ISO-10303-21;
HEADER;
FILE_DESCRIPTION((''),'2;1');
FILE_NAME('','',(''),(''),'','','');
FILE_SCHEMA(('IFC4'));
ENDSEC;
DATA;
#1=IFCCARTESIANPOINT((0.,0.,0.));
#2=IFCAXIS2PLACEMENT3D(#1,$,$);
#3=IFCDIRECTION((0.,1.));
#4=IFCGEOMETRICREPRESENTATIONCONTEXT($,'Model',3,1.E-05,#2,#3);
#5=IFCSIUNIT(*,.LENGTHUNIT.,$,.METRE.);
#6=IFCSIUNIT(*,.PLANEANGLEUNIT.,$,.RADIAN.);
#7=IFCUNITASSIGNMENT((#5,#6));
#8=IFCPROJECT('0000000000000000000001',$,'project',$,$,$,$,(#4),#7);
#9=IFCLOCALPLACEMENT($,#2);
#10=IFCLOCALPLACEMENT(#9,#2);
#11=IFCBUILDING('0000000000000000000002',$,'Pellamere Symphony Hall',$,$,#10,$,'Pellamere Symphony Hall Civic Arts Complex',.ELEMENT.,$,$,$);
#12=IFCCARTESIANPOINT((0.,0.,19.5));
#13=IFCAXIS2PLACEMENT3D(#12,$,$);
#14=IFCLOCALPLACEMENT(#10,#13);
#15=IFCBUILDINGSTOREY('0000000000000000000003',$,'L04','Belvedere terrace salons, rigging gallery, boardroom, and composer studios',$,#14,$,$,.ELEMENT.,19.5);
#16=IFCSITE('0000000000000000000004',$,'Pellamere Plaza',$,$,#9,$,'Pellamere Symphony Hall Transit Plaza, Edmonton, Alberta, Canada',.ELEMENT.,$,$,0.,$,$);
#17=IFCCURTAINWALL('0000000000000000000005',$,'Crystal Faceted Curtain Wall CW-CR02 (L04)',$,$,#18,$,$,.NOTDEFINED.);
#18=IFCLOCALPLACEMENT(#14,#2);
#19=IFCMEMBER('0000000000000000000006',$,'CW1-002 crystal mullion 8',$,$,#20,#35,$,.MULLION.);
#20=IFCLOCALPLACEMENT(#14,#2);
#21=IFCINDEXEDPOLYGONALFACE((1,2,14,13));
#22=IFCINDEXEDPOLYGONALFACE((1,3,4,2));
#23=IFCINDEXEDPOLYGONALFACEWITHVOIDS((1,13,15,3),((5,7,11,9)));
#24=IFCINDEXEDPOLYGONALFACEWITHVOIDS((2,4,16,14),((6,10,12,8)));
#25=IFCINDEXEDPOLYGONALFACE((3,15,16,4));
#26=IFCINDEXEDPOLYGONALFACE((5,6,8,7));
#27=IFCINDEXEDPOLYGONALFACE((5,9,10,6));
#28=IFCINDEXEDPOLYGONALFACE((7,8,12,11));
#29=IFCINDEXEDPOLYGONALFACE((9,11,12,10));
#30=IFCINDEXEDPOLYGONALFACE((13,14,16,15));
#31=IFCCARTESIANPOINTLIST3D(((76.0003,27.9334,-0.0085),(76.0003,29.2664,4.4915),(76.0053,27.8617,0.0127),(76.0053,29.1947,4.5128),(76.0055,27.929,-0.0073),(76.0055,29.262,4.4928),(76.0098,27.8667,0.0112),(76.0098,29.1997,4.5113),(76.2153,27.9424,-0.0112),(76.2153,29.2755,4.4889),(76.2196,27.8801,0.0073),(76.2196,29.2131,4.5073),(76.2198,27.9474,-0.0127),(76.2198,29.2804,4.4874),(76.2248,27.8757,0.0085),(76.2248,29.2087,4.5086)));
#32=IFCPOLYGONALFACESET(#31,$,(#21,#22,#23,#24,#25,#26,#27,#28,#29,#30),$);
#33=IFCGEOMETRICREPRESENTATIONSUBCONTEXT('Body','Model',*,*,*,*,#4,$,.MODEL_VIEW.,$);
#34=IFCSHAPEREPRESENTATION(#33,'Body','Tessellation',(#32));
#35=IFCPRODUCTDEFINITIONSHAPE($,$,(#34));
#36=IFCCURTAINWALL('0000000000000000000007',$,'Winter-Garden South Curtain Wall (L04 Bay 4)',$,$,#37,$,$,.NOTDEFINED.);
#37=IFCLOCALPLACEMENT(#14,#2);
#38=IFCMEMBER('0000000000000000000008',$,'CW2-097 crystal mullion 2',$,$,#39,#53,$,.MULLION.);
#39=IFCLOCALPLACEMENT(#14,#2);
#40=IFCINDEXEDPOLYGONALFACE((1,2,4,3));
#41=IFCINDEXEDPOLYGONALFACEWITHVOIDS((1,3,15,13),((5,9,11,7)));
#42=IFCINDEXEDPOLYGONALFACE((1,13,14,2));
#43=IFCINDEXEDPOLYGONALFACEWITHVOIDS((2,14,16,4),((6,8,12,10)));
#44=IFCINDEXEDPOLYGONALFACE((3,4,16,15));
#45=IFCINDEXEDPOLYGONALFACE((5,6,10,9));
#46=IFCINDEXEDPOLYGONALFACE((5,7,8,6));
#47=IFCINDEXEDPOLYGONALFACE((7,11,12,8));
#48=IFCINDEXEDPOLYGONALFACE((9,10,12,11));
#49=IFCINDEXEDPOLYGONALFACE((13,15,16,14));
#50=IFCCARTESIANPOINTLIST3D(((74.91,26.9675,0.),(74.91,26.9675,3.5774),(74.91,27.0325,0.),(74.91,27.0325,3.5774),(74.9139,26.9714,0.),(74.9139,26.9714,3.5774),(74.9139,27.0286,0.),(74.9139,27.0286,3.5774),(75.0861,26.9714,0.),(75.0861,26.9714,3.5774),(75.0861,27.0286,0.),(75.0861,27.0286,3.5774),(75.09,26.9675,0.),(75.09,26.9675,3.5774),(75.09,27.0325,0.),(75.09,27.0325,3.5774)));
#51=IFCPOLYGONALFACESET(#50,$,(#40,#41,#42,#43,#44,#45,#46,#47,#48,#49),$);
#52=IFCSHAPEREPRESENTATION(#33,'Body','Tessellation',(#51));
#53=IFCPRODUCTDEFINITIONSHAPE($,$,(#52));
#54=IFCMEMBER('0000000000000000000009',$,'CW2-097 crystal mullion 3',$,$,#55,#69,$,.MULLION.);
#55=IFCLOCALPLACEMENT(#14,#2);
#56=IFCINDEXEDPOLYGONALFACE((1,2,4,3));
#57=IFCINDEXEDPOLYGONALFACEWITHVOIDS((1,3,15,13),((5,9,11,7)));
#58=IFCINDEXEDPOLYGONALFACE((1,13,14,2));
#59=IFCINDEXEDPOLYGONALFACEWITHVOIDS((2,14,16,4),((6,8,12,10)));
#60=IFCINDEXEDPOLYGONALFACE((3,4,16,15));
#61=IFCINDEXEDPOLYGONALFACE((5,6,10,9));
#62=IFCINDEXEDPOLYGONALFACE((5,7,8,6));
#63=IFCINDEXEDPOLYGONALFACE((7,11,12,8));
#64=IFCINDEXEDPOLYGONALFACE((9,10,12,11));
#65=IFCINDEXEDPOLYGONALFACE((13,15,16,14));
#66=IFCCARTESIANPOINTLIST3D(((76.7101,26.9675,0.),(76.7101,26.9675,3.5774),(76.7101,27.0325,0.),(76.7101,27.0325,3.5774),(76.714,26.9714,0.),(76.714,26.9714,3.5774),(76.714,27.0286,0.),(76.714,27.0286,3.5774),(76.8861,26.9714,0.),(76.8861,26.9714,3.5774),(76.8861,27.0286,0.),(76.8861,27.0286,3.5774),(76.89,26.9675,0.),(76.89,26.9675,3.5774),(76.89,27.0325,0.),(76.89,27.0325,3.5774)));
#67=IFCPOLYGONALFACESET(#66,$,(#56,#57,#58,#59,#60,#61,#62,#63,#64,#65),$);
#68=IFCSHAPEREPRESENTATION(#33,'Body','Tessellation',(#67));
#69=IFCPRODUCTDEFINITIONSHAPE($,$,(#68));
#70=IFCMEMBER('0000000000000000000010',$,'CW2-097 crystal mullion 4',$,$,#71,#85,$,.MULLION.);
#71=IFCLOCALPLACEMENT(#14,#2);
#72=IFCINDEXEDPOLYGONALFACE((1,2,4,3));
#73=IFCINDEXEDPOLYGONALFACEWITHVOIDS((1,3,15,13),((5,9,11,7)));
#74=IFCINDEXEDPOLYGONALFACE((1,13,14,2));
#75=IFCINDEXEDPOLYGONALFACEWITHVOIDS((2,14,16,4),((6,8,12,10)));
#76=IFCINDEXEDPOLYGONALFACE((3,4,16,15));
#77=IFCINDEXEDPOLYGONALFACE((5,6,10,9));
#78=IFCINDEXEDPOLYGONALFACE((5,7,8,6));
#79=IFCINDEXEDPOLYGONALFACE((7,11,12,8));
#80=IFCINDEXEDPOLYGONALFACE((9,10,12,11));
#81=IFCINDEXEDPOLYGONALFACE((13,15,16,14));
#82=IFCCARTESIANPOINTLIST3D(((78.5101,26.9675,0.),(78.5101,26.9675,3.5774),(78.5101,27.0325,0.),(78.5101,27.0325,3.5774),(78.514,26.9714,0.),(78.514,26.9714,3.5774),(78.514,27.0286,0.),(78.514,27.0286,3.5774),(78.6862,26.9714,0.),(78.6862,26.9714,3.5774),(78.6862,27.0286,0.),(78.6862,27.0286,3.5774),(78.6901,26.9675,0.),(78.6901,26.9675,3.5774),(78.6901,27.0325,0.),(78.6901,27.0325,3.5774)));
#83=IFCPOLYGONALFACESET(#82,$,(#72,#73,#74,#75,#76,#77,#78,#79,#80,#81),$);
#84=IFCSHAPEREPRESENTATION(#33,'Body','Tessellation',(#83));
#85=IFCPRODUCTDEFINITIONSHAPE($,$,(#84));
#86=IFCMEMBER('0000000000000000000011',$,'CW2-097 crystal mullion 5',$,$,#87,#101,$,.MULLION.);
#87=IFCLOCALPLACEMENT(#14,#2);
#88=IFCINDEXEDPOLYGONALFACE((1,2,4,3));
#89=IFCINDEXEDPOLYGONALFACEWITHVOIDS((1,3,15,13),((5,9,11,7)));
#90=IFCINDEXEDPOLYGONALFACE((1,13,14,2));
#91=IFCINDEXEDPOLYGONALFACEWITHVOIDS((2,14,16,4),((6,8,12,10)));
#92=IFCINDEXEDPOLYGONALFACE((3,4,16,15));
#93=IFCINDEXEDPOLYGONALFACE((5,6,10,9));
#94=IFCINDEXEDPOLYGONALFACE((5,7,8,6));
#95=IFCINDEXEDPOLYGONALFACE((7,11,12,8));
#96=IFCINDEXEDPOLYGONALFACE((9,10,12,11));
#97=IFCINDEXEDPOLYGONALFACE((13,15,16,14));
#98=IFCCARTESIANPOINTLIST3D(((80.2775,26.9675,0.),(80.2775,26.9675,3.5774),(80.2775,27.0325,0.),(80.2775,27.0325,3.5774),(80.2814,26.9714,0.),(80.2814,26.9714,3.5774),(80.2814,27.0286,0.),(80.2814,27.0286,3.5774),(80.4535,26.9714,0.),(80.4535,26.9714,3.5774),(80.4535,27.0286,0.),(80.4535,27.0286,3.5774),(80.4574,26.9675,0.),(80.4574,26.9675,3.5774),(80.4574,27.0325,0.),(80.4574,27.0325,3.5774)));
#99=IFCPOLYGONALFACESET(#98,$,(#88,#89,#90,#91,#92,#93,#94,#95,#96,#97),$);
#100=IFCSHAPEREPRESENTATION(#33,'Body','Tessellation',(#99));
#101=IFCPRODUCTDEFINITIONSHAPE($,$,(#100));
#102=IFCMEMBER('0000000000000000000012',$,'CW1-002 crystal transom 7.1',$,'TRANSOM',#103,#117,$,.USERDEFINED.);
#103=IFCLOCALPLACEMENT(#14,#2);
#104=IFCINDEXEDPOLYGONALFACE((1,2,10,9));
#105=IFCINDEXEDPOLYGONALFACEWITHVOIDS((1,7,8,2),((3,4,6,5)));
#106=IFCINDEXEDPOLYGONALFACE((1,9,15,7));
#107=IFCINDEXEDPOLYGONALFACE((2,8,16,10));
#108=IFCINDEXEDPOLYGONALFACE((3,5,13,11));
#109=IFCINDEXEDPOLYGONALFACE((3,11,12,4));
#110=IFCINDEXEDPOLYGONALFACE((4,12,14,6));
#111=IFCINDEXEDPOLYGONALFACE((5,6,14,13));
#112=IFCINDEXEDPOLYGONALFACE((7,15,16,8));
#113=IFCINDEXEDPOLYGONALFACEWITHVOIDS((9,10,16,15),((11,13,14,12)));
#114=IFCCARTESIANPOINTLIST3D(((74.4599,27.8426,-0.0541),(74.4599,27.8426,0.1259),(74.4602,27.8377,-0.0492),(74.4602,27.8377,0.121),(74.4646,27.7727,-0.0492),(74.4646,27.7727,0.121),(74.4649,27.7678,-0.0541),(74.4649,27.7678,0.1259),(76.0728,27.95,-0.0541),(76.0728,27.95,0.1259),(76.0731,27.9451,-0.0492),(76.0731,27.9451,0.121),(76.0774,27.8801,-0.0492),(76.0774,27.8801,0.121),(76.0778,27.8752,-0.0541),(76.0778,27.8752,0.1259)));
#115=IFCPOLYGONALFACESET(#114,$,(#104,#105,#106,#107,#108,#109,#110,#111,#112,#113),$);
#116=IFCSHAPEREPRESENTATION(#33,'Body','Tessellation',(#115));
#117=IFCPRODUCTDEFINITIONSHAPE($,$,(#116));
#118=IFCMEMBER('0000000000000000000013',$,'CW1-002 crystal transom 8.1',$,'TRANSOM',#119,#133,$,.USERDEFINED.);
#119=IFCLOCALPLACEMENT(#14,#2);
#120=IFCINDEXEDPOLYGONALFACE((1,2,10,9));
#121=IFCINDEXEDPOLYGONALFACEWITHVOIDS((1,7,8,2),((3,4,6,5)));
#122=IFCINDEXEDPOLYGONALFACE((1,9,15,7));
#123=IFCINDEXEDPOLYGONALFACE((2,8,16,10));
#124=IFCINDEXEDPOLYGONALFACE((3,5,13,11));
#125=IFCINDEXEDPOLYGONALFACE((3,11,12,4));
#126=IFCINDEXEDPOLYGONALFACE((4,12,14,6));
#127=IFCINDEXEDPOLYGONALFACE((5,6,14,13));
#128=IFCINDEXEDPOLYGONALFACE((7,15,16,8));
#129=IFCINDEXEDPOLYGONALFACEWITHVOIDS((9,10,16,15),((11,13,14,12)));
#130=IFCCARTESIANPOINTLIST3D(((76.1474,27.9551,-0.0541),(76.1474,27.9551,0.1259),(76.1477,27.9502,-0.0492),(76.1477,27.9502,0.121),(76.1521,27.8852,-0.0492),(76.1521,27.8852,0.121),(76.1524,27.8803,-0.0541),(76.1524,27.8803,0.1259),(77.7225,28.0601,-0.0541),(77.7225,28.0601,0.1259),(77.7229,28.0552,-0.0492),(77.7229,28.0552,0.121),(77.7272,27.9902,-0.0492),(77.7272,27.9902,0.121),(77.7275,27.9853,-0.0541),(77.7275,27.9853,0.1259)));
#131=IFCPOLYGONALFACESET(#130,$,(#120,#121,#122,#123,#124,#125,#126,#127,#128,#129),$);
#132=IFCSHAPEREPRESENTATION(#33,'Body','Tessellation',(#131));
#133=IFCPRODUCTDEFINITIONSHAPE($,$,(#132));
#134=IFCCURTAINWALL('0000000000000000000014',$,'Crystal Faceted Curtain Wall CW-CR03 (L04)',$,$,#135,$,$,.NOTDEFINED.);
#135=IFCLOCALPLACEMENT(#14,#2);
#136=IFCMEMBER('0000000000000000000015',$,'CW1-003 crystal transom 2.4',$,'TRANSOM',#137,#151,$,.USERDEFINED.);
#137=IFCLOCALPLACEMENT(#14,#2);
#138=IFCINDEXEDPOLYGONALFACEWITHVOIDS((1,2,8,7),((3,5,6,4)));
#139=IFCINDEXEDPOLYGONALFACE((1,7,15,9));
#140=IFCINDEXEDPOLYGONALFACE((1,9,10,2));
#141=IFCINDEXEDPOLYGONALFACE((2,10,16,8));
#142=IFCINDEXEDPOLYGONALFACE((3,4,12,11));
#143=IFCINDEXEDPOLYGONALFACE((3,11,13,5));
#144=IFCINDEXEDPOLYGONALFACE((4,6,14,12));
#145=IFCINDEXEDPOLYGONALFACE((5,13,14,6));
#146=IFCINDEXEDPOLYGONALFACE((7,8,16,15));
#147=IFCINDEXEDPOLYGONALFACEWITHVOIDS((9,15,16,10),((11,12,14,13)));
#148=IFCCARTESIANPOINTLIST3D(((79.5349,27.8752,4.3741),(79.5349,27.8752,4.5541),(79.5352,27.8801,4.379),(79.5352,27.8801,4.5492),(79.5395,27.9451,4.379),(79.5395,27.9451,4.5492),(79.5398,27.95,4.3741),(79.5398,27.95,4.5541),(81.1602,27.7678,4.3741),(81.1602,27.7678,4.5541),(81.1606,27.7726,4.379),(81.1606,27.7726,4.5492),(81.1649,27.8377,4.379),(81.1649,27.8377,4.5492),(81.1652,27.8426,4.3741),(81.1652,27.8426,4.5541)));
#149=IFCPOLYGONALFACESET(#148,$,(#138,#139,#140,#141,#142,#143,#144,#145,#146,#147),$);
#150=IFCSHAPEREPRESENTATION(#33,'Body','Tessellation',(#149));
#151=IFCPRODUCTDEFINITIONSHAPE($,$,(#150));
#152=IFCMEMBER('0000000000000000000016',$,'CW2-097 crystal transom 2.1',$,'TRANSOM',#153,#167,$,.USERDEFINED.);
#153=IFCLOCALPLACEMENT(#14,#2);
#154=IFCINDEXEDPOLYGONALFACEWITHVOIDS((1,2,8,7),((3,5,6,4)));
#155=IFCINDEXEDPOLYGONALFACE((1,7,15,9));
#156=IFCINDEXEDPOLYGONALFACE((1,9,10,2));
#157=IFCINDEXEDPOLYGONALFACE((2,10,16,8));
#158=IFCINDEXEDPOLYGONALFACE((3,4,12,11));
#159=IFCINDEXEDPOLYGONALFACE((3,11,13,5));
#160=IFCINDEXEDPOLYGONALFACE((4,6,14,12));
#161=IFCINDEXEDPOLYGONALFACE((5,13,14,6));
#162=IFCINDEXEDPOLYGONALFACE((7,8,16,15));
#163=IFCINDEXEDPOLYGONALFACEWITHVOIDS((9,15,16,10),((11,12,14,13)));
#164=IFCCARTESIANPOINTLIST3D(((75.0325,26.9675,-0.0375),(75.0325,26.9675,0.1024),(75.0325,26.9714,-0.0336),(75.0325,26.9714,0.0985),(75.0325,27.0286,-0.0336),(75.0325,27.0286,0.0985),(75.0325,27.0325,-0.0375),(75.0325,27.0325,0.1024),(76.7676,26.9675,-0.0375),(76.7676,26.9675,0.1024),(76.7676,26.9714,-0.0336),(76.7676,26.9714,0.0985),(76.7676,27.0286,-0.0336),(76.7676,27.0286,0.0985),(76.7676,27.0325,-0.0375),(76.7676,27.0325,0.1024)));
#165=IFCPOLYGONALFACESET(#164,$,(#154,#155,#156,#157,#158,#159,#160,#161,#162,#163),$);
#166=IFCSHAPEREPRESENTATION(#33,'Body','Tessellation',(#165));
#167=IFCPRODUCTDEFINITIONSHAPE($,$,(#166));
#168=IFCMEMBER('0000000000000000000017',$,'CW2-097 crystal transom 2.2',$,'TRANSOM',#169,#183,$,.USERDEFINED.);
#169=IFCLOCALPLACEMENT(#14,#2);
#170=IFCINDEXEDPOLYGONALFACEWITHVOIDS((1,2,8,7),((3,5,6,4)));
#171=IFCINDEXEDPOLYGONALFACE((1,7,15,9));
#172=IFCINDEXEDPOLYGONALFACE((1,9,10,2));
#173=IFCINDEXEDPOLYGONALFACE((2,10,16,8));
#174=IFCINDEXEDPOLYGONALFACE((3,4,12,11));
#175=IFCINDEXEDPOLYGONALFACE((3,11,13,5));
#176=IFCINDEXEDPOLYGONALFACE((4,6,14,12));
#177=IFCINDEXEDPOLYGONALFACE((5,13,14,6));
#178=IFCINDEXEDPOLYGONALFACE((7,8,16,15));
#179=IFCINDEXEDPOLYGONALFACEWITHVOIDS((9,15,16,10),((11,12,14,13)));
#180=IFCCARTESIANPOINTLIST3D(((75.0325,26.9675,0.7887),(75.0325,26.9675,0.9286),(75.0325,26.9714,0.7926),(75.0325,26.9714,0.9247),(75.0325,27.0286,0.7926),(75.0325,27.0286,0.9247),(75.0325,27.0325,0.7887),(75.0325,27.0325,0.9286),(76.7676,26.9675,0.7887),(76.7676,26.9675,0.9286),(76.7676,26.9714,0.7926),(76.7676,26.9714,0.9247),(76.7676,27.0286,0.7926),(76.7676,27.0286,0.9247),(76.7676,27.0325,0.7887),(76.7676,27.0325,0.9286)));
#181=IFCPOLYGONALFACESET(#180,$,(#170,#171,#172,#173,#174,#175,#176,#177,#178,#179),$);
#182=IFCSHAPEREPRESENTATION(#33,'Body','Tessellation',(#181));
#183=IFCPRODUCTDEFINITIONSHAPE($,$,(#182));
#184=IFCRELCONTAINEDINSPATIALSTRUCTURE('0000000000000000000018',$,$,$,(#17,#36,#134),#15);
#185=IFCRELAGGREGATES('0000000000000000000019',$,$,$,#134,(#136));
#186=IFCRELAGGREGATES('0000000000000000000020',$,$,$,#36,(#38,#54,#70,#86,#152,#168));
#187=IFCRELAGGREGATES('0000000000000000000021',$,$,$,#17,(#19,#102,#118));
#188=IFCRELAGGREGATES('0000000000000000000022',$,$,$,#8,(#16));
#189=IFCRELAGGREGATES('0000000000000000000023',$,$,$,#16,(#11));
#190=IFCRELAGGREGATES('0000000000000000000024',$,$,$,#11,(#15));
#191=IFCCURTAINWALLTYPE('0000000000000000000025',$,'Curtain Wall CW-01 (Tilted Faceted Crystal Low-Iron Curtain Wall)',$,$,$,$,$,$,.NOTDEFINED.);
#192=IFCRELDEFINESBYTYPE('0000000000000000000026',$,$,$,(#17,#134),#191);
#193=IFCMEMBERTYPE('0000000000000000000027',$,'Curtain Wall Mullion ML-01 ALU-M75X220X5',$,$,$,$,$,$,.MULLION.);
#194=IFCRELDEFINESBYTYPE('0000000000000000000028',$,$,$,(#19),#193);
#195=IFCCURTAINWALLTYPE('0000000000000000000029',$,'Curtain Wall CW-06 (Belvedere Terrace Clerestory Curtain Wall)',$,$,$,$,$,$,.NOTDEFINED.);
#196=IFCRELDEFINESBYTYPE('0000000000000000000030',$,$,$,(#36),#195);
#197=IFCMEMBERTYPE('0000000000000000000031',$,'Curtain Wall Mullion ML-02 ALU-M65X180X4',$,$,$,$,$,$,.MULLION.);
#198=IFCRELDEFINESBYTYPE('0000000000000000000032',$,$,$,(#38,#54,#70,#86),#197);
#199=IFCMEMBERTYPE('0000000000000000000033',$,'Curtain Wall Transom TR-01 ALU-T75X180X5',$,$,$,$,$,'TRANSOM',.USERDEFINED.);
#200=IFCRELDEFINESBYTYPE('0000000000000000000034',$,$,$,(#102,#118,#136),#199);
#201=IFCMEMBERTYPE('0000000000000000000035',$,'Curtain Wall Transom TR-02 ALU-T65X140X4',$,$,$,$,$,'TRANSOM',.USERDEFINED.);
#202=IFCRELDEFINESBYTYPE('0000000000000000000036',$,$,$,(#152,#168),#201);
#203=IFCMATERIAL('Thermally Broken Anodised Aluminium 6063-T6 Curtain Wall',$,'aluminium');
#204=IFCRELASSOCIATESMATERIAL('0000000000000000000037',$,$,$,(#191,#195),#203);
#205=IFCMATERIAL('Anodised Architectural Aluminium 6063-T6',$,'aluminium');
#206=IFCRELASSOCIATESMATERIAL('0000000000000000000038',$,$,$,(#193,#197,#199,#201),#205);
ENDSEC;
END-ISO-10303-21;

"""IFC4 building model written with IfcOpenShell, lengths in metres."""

from ifc_helpers import new_model, si_unit, direction, frame, origin, origin_2d, place, context, subcontext, project, spatial, hollow_rectangle, extrude, material, material_profile, profile_set, type_object, element, aggregate, save


model = new_model("IFC4")

# Units and contexts
model_context = context("Model", 3, precision=1e-05, world=origin(), true_north=direction((0.0, 1.0)))
body_context = subcontext(model_context, "Body", "Model", "MODEL_VIEW")
ifc_project = project(units=[si_unit("LENGTHUNIT", "METRE"), si_unit("PLANEANGLEUNIT", "RADIAN")], contexts=[model_context])

# Site, building, storey
site_placement = place(None, origin())
site = spatial("IfcSite", under=ifc_project, at=site_placement, Name="Pellamere Plaza", LongName="Pellamere Symphony Hall Transit Plaza, Edmonton, Alberta, Canada", CompositionType="ELEMENT", RefElevation=0.0)
building_placement = place(site_placement, origin())
building = spatial("IfcBuilding", under=site, at=building_placement, Name="Pellamere Symphony Hall", LongName="Pellamere Symphony Hall Civic Arts Complex", CompositionType="ELEMENT")
storey_placement = place(building_placement, frame((0.0, 0.0, 19.5)))
storey = spatial("IfcBuildingStorey", under=building, at=storey_placement, Name="L04", Description="Belvedere terrace salons, rigging gallery, boardroom, and composer studios", CompositionType="ELEMENT", Elevation=19.5)

# Curtain wall, member
ifc_material_1 = material(Name="Thermally Broken Anodised Aluminium 6063-T6 Curtain Wall", Category="aluminium")
curtain_wall_type_1 = type_object("IfcCurtainWallType", Name="Curtain Wall CW-01 (Tilted Faceted Crystal Low-Iron Curtain Wall)", PredefinedType="NOTDEFINED", material=ifc_material_1)
curtain_wall_1_placement = place(storey_placement, origin())
curtain_wall_1 = element("IfcCurtainWall", 1, at=curtain_wall_1_placement, inside=storey, type_object=curtain_wall_type_1, Name="Crystal Faceted Curtain Wall CW-CR02 (L04)", PredefinedType="NOTDEFINED")
ifc_material_2 = material(Name="Anodised Architectural Aluminium 6063-T6", Category="aluminium")
ifc_material_profile_1 = material_profile(ifc_material_2, hollow_rectangle(XDim=0.075, YDim=0.22, WallThickness=0.0049, at=origin_2d()), Name="ALU-M75X220X5")
ifc_profile_set_1 = profile_set([ifc_material_profile_1], Name="Anodised Architectural Aluminium 6063-T6")
member_type_1 = type_object("IfcMemberType", Name="Curtain Wall Mullion ML-01 ALU-M75X220X5", PredefinedType="MULLION", material=ifc_profile_set_1)
member_1_placement = place(storey_placement, frame((76.1125, 27.9045, 0.0), z_axis=(0.0, 0.284025, 0.958817), x_axis=(0.066519, -0.956693, 0.283395)))
member_1 = element("IfcMember", 2, at=member_1_placement, type_object=member_type_1, Name="CW1-002 crystal mullion 8", PredefinedType="MULLION", context=body_context, shape_type="SweptSolid", body=[
    extrude(hollow_rectangle(XDim=0.075, YDim=0.22, WallThickness=0.0049, at=origin_2d()), origin(), (0.0, 0.0, 1.0), 4.6934),
])

# Curtain wall, members
curtain_wall_type_2 = type_object("IfcCurtainWallType", Name="Curtain Wall CW-06 (Belvedere Terrace Clerestory Curtain Wall)", PredefinedType="NOTDEFINED", material=ifc_material_1)
curtain_wall_2_placement = place(storey_placement, origin())
curtain_wall_2 = element("IfcCurtainWall", 3, at=curtain_wall_2_placement, inside=storey, type_object=curtain_wall_type_2, Name="Winter-Garden South Curtain Wall (L04 Bay 4)", PredefinedType="NOTDEFINED")
ifc_material_profile_2 = material_profile(ifc_material_2, hollow_rectangle(XDim=0.0649, YDim=0.1799, WallThickness=0.0039, at=origin_2d()), Name="ALU-M65X180X4")
ifc_profile_set_2 = profile_set([ifc_material_profile_2], Name="Anodised Architectural Aluminium 6063-T6")
member_type_2 = type_object("IfcMemberType", Name="Curtain Wall Mullion ML-02 ALU-M65X180X4", PredefinedType="MULLION", material=ifc_profile_set_2)
member_2_placement = place(storey_placement, frame((75.0, 27.0, 0.0), z_axis=(0.0, 0.0, 1.0), x_axis=(0.0, 1.0, 0.0)))
member_2 = element("IfcMember", 4, at=member_2_placement, type_object=member_type_2, Name="CW2-097 crystal mullion 2", PredefinedType="MULLION", context=body_context, shape_type="SweptSolid", body=[
    extrude(hollow_rectangle(XDim=0.0649, YDim=0.1799, WallThickness=0.0039, at=origin_2d()), origin(), (0.0, 0.0, 1.0), 3.5774),
])
member_3_placement = place(storey_placement, frame((76.8, 27.0, 0.0), z_axis=(0.0, 0.0, 1.0), x_axis=(0.0, 1.0, 0.0)))
member_3 = element("IfcMember", 5, at=member_3_placement, type_object=member_type_2, Name="CW2-097 crystal mullion 3", PredefinedType="MULLION", context=body_context, shape_type="SweptSolid", body=[
    extrude(hollow_rectangle(XDim=0.0649, YDim=0.1799, WallThickness=0.0039, at=origin_2d()), origin(), (0.0, 0.0, 1.0), 3.5774),
])
member_4_placement = place(storey_placement, frame((78.6001, 27.0, 0.0), z_axis=(0.0, 0.0, 1.0), x_axis=(0.0, 1.0, 0.0)))
member_4 = element("IfcMember", 6, at=member_4_placement, type_object=member_type_2, Name="CW2-097 crystal mullion 4", PredefinedType="MULLION", context=body_context, shape_type="SweptSolid", body=[
    extrude(hollow_rectangle(XDim=0.0649, YDim=0.1799, WallThickness=0.0039, at=origin_2d()), origin(), (0.0, 0.0, 1.0), 3.5774),
])
member_5_placement = place(storey_placement, frame((80.3674, 27.0, 0.0), z_axis=(0.0, 0.0, 1.0), x_axis=(0.0, 1.0, 0.0)))
member_5 = element("IfcMember", 7, at=member_5_placement, type_object=member_type_2, Name="CW2-097 crystal mullion 5", PredefinedType="MULLION", context=body_context, shape_type="SweptSolid", body=[
    extrude(hollow_rectangle(XDim=0.0649, YDim=0.1799, WallThickness=0.0039, at=origin_2d()), origin(), (0.0, 0.0, 1.0), 3.5774),
])

# Members
ifc_material_profile_3 = material_profile(ifc_material_2, hollow_rectangle(XDim=0.075, YDim=0.1799, WallThickness=0.0049, at=origin_2d()), Name="ALU-T75X180X5")
ifc_profile_set_3 = profile_set([ifc_material_profile_3], Name="Anodised Architectural Aluminium 6063-T6")
member_type_3 = type_object("IfcMemberType", Name="Curtain Wall Transom TR-01 ALU-T75X180X5", ElementType="TRANSOM", PredefinedType="USERDEFINED", material=ifc_profile_set_3)
member_6_placement = place(storey_placement, frame((74.4624, 27.8052, 0.0359), z_axis=(0.997789, 0.066459, 0.0), x_axis=(-0.066459, 0.997789, 0.0)))
member_6 = element("IfcMember", 8, at=member_6_placement, type_object=member_type_3, Name="CW1-002 crystal transom 7.1", ObjectType="TRANSOM", PredefinedType="USERDEFINED", context=body_context, shape_type="SweptSolid", body=[
    extrude(hollow_rectangle(XDim=0.075, YDim=0.1799, WallThickness=0.0049, at=origin_2d()), origin(), (0.0, 0.0, 1.0), 1.6165),
])
member_7_placement = place(storey_placement, frame((76.1499, 27.9177, 0.0359), z_axis=(0.997787, 0.066498, 0.0), x_axis=(-0.066498, 0.997787, 0.0)))
member_7 = element("IfcMember", 9, at=member_7_placement, type_object=member_type_3, Name="CW1-002 crystal transom 8.1", ObjectType="TRANSOM", PredefinedType="USERDEFINED", context=body_context, shape_type="SweptSolid", body=[
    extrude(hollow_rectangle(XDim=0.075, YDim=0.1799, WallThickness=0.0049, at=origin_2d()), origin(), (0.0, 0.0, 1.0), 1.5786),
])

# Curtain wall, member
curtain_wall_3_placement = place(storey_placement, origin())
curtain_wall_3 = element("IfcCurtainWall", 10, at=curtain_wall_3_placement, inside=storey, type_object=curtain_wall_type_1, Name="Crystal Faceted Curtain Wall CW-CR03 (L04)", PredefinedType="NOTDEFINED")
member_8_placement = place(storey_placement, frame((79.5374, 27.9126, 4.4641), z_axis=(0.997823, -0.065952, 0.0), x_axis=(0.065952, 0.997823, 0.0)))
member_8 = element("IfcMember", 11, at=member_8_placement, type_object=member_type_3, Name="CW1-003 crystal transom 2.4", ObjectType="TRANSOM", PredefinedType="USERDEFINED", context=body_context, shape_type="SweptSolid", body=[
    extrude(hollow_rectangle(XDim=0.075, YDim=0.1799, WallThickness=0.0049, at=origin_2d()), origin(), (0.0, 0.0, 1.0), 1.6289),
])
aggregate(curtain_wall_3, [member_8])

# Members
ifc_material_profile_4 = material_profile(ifc_material_2, hollow_rectangle(XDim=0.0649, YDim=0.1399, WallThickness=0.0039, at=origin_2d()), Name="ALU-T65X140X4")
ifc_profile_set_4 = profile_set([ifc_material_profile_4], Name="Anodised Architectural Aluminium 6063-T6")
member_type_4 = type_object("IfcMemberType", Name="Curtain Wall Transom TR-02 ALU-T65X140X4", ElementType="TRANSOM", PredefinedType="USERDEFINED", material=ifc_profile_set_4)
member_9_placement = place(storey_placement, frame((75.0325, 27.0, 0.0325), z_axis=(1.0, 0.0, 0.0), x_axis=(0.0, 1.0, 0.0)))
member_9 = element("IfcMember", 12, at=member_9_placement, type_object=member_type_4, Name="CW2-097 crystal transom 2.1", ObjectType="TRANSOM", PredefinedType="USERDEFINED", context=body_context, shape_type="SweptSolid", body=[
    extrude(hollow_rectangle(XDim=0.0649, YDim=0.1399, WallThickness=0.0039, at=origin_2d()), origin(), (0.0, 0.0, 1.0), 1.7351),
])
member_10_placement = place(storey_placement, frame((75.0325, 27.0, 0.8586), z_axis=(1.0, 0.0, 0.0), x_axis=(0.0, 1.0, 0.0)))
member_10 = element("IfcMember", 13, at=member_10_placement, type_object=member_type_4, Name="CW2-097 crystal transom 2.2", ObjectType="TRANSOM", PredefinedType="USERDEFINED", context=body_context, shape_type="SweptSolid", body=[
    extrude(hollow_rectangle(XDim=0.0649, YDim=0.1399, WallThickness=0.0039, at=origin_2d()), origin(), (0.0, 0.0, 1.0), 1.7351),
])

aggregate(curtain_wall_2, [member_2, member_3, member_4, member_5, member_9, member_10])
aggregate(curtain_wall_1, [member_1, member_6, member_7])

save(model, "model.ifc")
